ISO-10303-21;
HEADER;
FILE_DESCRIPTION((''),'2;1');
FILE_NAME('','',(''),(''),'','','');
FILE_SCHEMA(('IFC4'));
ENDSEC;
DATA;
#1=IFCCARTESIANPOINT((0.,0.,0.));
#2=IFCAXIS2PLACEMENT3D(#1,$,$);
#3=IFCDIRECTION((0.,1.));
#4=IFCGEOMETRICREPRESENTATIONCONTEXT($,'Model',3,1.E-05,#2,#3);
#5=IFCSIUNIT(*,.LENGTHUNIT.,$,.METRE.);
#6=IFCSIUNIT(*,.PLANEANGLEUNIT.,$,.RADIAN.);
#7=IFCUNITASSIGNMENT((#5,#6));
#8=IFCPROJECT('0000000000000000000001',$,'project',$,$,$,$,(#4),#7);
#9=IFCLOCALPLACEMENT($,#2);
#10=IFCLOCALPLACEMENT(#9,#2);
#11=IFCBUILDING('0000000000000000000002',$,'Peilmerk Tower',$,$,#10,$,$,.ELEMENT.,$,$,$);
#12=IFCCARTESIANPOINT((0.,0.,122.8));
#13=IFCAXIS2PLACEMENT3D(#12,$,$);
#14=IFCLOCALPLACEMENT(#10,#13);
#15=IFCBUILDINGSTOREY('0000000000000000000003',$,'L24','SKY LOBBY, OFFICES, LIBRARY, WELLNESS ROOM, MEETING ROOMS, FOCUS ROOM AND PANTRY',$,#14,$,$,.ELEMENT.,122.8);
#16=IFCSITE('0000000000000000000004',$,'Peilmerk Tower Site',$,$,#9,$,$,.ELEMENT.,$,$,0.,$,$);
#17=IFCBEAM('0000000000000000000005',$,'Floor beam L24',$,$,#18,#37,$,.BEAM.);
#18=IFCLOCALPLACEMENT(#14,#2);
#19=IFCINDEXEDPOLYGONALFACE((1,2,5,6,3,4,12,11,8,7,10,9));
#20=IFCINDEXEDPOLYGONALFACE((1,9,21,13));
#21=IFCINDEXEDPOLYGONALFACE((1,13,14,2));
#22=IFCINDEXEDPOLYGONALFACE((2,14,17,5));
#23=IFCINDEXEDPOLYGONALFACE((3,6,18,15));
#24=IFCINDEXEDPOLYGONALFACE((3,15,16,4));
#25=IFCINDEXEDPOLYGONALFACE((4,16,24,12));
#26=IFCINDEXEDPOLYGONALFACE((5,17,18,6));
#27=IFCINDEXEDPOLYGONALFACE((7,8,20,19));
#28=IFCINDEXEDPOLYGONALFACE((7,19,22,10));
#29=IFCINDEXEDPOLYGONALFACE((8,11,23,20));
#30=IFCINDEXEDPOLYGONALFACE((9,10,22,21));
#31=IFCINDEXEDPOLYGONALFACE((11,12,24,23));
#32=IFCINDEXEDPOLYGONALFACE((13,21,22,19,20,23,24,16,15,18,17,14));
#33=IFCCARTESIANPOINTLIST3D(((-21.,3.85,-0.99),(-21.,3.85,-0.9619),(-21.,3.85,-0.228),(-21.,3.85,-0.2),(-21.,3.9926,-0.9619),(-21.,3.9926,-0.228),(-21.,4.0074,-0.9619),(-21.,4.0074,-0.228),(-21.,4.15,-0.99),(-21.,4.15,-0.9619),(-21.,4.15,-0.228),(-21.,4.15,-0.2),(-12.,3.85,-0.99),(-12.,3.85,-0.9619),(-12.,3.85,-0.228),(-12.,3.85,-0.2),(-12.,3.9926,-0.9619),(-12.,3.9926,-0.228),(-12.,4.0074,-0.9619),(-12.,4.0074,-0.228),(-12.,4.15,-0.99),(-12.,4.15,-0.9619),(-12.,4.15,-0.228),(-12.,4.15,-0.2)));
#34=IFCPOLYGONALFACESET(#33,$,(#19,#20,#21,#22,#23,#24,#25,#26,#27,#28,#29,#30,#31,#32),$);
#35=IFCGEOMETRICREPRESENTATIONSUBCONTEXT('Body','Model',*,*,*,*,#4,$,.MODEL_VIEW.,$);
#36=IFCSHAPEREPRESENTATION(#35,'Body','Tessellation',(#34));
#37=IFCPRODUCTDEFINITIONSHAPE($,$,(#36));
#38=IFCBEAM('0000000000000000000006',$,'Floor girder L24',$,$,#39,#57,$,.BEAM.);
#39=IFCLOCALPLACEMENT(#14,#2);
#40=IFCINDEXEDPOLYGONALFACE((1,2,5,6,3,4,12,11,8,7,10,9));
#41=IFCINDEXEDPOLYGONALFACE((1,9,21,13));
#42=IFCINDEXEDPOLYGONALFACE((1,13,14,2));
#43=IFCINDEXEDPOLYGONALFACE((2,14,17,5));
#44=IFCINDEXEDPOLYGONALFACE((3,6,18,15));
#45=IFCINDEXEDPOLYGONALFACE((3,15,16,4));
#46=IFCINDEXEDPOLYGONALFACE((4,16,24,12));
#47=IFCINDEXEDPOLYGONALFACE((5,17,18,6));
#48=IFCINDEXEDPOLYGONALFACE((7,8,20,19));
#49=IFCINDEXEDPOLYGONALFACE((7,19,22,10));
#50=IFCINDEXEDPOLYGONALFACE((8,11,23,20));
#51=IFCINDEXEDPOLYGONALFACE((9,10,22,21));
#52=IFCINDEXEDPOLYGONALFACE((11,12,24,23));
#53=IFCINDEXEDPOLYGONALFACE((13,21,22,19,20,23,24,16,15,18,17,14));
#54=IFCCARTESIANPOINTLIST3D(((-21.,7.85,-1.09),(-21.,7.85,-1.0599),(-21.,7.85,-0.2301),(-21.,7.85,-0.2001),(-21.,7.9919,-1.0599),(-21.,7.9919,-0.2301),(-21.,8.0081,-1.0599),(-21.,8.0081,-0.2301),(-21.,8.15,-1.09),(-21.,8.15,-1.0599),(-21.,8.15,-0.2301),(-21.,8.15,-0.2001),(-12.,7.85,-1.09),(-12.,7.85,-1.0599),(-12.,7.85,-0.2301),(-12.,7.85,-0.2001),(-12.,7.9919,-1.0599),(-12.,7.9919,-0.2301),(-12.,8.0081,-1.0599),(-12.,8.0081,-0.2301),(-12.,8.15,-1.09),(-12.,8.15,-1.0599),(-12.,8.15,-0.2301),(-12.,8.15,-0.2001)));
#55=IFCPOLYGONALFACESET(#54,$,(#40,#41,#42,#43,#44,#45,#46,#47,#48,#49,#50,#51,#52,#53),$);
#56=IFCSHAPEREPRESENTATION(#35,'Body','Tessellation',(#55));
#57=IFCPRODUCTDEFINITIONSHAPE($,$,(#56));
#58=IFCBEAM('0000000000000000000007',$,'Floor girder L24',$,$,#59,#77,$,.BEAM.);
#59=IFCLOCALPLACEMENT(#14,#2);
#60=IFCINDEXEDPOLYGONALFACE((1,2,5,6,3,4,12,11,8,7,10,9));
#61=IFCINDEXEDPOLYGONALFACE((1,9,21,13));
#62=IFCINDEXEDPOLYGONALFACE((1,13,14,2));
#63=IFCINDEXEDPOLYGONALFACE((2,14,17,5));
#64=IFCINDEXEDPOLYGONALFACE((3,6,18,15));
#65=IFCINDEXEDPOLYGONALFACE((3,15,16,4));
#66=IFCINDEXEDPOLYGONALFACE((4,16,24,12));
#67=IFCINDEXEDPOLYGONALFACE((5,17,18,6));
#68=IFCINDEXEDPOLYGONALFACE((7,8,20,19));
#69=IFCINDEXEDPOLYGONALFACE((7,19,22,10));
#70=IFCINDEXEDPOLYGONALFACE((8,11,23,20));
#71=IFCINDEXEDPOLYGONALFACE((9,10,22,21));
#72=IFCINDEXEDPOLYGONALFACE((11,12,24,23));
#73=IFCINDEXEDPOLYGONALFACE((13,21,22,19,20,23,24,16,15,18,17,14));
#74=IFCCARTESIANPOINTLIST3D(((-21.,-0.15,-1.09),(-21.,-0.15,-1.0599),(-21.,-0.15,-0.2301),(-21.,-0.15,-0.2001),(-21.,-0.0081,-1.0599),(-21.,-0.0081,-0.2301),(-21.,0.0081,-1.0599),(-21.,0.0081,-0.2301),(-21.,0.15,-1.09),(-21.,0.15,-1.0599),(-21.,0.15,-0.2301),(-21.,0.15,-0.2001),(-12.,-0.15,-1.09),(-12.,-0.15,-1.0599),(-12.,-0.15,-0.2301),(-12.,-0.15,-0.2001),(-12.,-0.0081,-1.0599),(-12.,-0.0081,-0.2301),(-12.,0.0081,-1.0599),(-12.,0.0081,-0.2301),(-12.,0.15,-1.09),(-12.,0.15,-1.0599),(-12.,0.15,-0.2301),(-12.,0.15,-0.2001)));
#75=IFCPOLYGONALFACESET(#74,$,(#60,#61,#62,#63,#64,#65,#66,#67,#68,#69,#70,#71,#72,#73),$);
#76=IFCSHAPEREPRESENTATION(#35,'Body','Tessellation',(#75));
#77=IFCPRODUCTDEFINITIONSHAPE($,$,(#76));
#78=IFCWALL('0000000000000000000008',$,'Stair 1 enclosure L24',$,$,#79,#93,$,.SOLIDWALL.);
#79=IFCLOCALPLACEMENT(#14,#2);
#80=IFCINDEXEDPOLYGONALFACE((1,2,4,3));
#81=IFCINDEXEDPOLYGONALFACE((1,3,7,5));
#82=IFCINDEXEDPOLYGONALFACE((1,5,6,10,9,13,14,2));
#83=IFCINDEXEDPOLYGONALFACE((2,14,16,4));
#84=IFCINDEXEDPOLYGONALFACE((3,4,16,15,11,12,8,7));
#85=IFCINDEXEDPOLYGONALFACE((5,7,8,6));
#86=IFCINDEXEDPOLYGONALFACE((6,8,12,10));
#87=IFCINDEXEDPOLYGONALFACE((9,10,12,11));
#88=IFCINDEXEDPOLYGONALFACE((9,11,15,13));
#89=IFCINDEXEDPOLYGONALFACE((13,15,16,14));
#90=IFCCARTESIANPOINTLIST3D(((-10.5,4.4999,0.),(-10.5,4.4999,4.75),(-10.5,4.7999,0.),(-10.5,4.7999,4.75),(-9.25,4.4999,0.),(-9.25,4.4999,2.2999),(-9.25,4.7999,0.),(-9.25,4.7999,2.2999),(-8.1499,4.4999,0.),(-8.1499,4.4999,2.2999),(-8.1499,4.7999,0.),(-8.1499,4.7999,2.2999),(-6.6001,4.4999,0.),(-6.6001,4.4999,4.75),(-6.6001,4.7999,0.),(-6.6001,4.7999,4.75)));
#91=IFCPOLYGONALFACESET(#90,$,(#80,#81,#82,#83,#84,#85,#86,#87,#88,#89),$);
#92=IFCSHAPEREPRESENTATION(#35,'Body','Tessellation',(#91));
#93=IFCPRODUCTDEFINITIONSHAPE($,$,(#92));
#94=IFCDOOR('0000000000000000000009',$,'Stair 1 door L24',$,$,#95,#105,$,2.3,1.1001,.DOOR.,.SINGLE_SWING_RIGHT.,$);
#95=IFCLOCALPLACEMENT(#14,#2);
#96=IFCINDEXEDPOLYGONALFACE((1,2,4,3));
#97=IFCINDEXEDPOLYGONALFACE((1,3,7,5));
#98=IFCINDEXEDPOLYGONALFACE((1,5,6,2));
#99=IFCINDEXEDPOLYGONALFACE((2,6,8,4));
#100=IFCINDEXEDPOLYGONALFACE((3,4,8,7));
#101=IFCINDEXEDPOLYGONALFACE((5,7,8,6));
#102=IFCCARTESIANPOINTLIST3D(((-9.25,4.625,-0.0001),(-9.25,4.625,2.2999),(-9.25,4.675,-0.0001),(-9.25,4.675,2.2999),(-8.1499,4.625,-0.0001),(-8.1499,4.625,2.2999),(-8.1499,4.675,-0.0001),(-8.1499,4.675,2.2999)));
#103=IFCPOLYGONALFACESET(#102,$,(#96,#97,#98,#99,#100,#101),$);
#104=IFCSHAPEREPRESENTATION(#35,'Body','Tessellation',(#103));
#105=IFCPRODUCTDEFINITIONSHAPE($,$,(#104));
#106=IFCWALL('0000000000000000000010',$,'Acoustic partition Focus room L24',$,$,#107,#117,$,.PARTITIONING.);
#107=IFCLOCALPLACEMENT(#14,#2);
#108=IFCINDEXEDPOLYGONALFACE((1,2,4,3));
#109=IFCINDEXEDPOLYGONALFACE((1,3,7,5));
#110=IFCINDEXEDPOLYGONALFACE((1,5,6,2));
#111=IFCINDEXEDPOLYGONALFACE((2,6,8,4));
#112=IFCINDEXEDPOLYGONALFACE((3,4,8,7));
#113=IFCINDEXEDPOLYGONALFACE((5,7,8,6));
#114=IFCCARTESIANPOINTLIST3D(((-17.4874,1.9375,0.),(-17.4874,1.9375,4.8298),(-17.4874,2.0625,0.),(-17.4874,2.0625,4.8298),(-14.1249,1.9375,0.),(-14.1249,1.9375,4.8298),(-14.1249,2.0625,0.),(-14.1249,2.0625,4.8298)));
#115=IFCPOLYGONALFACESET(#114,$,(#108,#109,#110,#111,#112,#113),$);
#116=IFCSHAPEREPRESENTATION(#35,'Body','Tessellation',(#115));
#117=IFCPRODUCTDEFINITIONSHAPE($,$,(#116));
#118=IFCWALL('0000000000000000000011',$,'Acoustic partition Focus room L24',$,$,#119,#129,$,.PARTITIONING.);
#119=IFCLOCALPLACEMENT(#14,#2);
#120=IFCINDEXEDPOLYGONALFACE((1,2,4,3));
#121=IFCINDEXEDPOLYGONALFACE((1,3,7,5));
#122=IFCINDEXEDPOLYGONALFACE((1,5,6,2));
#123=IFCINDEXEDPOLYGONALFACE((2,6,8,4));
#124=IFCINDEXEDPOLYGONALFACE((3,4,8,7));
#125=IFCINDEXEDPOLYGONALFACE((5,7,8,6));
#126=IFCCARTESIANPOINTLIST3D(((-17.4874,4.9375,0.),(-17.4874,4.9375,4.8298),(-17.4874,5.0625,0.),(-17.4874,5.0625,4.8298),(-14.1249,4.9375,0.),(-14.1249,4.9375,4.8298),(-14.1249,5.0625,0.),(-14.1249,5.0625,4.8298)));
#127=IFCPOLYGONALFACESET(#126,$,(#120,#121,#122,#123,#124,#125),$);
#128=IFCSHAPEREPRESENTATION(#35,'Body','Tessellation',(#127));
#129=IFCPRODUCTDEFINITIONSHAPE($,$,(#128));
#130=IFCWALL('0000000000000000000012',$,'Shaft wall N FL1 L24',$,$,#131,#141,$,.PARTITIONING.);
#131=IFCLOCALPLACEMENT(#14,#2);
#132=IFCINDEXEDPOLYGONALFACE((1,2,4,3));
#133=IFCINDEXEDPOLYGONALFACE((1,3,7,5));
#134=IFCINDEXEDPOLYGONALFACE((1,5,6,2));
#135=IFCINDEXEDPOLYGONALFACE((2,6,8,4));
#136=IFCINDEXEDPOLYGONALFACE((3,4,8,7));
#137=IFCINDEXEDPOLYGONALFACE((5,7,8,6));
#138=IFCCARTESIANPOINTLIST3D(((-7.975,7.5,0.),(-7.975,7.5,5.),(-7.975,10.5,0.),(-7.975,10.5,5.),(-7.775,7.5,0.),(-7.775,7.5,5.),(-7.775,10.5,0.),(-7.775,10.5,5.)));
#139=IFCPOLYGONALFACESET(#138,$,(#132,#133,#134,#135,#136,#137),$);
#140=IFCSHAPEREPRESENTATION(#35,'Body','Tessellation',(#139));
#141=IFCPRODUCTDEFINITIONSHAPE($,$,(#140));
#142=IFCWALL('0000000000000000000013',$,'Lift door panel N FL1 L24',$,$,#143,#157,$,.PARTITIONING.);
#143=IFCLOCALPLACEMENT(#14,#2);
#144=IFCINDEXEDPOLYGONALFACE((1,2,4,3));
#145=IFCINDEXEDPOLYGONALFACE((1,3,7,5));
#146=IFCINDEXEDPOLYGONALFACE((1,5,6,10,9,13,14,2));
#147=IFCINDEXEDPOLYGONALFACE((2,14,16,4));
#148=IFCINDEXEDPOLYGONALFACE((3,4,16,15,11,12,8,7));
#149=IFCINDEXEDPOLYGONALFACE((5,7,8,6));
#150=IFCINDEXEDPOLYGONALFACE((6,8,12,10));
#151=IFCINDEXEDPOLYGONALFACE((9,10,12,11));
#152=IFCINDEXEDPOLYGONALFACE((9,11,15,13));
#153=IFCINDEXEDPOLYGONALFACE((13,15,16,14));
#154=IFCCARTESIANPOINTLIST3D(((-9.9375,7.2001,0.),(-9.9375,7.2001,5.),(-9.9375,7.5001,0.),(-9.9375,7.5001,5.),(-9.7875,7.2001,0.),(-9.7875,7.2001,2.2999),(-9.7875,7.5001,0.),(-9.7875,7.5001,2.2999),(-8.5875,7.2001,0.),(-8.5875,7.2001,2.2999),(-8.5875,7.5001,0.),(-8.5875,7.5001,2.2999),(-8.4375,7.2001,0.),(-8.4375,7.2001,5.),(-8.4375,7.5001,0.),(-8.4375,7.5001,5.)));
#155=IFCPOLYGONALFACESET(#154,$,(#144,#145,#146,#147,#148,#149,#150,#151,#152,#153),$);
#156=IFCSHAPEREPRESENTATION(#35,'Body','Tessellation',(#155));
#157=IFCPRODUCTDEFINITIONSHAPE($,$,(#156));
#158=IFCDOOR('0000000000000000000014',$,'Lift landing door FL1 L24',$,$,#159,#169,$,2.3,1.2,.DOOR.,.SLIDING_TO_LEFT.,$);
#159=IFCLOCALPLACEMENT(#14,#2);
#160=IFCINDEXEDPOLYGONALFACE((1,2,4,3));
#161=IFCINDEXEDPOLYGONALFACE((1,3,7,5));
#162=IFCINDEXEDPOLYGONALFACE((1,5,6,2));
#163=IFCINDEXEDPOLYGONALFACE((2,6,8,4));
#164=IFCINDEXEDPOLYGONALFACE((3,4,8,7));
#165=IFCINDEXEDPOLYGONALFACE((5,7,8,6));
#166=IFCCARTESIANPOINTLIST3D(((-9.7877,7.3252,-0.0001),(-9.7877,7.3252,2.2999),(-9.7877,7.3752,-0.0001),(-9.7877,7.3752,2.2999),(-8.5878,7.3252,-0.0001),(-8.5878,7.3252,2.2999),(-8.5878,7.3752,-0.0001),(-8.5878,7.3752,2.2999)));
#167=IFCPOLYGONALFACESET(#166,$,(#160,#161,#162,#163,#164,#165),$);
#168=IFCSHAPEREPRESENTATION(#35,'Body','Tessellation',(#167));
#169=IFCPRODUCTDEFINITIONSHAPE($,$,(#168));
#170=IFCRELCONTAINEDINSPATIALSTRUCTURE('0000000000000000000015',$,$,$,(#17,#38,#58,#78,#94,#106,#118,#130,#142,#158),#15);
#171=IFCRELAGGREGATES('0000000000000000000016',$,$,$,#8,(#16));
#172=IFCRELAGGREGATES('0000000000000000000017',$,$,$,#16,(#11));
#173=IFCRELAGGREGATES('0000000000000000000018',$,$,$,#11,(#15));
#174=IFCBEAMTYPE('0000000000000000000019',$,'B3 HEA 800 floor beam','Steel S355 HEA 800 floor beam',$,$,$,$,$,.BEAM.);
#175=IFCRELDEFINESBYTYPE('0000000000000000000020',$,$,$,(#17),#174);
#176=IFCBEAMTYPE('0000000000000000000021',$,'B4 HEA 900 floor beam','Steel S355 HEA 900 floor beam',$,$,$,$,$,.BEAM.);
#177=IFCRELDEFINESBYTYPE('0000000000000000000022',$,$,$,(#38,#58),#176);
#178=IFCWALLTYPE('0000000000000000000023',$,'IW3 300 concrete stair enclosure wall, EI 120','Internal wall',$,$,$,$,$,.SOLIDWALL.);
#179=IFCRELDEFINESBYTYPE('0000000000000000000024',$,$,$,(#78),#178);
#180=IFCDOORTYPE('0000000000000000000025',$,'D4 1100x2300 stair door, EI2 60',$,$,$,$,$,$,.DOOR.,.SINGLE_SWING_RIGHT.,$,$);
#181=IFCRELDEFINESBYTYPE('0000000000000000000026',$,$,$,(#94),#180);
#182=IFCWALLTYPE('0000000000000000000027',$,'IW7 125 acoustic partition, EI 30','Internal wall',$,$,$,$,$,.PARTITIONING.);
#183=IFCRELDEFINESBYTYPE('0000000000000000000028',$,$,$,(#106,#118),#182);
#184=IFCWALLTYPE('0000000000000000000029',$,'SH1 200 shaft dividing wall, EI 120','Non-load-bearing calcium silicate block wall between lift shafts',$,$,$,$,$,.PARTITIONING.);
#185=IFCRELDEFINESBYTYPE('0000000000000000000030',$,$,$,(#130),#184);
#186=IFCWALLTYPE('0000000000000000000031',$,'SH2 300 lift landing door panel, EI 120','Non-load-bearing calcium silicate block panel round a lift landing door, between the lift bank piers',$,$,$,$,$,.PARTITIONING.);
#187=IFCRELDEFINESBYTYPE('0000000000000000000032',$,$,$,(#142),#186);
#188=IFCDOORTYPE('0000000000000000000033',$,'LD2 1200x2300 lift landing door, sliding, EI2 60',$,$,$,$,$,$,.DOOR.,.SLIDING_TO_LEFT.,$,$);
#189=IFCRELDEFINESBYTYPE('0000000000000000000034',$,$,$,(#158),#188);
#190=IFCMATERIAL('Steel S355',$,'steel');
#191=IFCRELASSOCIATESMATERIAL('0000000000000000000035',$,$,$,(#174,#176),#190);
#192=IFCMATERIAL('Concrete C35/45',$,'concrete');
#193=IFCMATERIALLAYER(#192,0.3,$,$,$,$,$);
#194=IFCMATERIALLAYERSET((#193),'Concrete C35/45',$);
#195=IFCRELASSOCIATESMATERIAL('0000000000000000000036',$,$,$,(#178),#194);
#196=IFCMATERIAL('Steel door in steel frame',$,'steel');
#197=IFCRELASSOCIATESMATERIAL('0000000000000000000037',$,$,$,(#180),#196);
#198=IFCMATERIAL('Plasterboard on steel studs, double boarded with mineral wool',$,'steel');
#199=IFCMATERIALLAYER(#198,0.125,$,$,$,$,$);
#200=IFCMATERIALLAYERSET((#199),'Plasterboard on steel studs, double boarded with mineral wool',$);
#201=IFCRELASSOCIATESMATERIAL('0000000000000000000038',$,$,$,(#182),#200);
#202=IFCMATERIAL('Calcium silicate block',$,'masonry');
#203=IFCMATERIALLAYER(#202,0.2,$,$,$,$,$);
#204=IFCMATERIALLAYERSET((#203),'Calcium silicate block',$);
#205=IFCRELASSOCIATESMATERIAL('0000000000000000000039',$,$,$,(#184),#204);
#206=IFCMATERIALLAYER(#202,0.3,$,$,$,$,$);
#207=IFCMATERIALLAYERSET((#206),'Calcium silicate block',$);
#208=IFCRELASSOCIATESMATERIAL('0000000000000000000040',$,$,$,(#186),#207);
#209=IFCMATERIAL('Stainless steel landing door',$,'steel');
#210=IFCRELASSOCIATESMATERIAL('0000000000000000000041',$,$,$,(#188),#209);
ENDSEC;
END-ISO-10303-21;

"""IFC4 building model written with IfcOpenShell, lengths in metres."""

from ifc_helpers import new_model, si_unit, direction, frame, frame_2d, origin, origin_2d, place, context, subcontext, project, spatial, rectangle, i_section, extrude, material, layer, layer_set, material_profile, profile_set, type_object, element, fill, save


model = new_model("IFC4")

# Units and contexts
model_context = context("Model", 3, precision=1e-05, world=origin(), true_north=direction((0.0, 1.0)))
body_context = subcontext(model_context, "Body", "Model", "MODEL_VIEW")
ifc_project = project(units=[si_unit("LENGTHUNIT", "METRE"), si_unit("PLANEANGLEUNIT", "RADIAN")], contexts=[model_context])

# Site, building, storey
site_placement = place(None, origin())
site = spatial("IfcSite", under=ifc_project, at=site_placement, Name="Peilmerk Tower Site", CompositionType="ELEMENT", RefElevation=0.0)
building_placement = place(site_placement, origin())
building = spatial("IfcBuilding", under=site, at=building_placement, Name="Peilmerk Tower", CompositionType="ELEMENT")
storey_placement = place(building_placement, frame((0.0, 0.0, 122.8)))
storey = spatial("IfcBuildingStorey", under=building, at=storey_placement, Name="L24", Description="SKY LOBBY, OFFICES, LIBRARY, WELLNESS ROOM, MEETING ROOMS, FOCUS ROOM AND PANTRY", CompositionType="ELEMENT", Elevation=122.8)

# Beams
ifc_material_1 = material(Name="Steel S355", Category="steel")
ifc_material_profile_1 = material_profile(ifc_material_1, i_section(OverallWidth=0.3, OverallDepth=0.79, WebThickness=0.0149, FlangeThickness=0.0281, at=origin_2d()), Name="HEA 800")
ifc_profile_set_1 = profile_set([ifc_material_profile_1], Name="Steel S355")
beam_type_1 = type_object("IfcBeamType", Name="B3 HEA 800 floor beam", Description="Steel S355 HEA 800 floor beam", PredefinedType="BEAM", material=ifc_profile_set_1)
beam_placement = place(storey_placement, frame((-12.0, 4.0, -0.595), z_axis=(-1.0, 0.0, 0.0), x_axis=(0.0, -1.0, 0.0)))
element("IfcBeam", 1, at=beam_placement, inside=storey, type_object=beam_type_1, Name="Floor beam L24", PredefinedType="BEAM", context=body_context, shape_type="SweptSolid", body=[
    extrude(i_section(OverallWidth=0.3, OverallDepth=0.79, WebThickness=0.0149, FlangeThickness=0.0281, at=origin_2d()), origin(), (0.0, 0.0, 1.0), 9.0),
])
ifc_material_profile_2 = material_profile(ifc_material_1, i_section(OverallWidth=0.3, OverallDepth=0.8899, WebThickness=0.0161, FlangeThickness=0.03, at=origin_2d()), Name="HEA 900")
ifc_profile_set_2 = profile_set([ifc_material_profile_2], Name="Steel S355")
beam_type_2 = type_object("IfcBeamType", Name="B4 HEA 900 floor beam", Description="Steel S355 HEA 900 floor beam", PredefinedType="BEAM", material=ifc_profile_set_2)
for number, where, z_axis, x_axis, name in (
    (2, (-12.0, 8.0, -0.645), (-1.0, 0.0, 0.0), (0.0, -1.0, 0.0), "Floor girder L24"),
    (3, (-12.0, 0.0, -0.645), (-1.0, 0.0, 0.0), (0.0, -1.0, 0.0), "Floor girder L24"),
):
    element("IfcBeam", number, at=place(storey_placement, frame(where, z_axis=z_axis, x_axis=x_axis)), inside=storey, type_object=beam_type_2, Name=name, PredefinedType="BEAM", context=body_context, shape_type="SweptSolid", body=[
        extrude(i_section(OverallWidth=0.3, OverallDepth=0.8899, WebThickness=0.0161, FlangeThickness=0.03, at=origin_2d()), origin(), (0.0, 0.0, 1.0), 9.0),
    ])

# Wall, opening, door
ifc_material_2 = material(Name="Concrete C35/45", Category="concrete")
ifc_layer_1 = layer(ifc_material_2, 0.3)
ifc_layer_set_1 = layer_set([ifc_layer_1], Name="Concrete C35/45")
wall_type_1 = type_object("IfcWallType", Name="IW3 300 concrete stair enclosure wall, EI 120", Description="Internal wall", PredefinedType="SOLIDWALL", material=ifc_layer_set_1)
wall_1_placement = place(storey_placement, frame((-10.5, 4.6499, 0.0), z_axis=(0.0, 0.0, 1.0), x_axis=(1.0, 0.0, 0.0)))
wall_1 = element("IfcWall", 4, at=wall_1_placement, inside=storey, type_object=wall_type_1, Name="Stair 1 enclosure L24", PredefinedType="SOLIDWALL", context=body_context, shape_type="SweptSolid", body=[
    extrude(rectangle(XDim=3.8999, YDim=0.3, at=frame_2d((1.95, 0.0))), origin(), (0.0, 0.0, 1.0), 4.75),
])
opening_1_placement = place(wall_1_placement, frame((1.25, 0.0, 0.0)))
opening_1 = element("IfcOpeningElement", 5, at=opening_1_placement, cuts=wall_1, PredefinedType="OPENING", context=body_context, shape_type="SweptSolid", body=[
    extrude(rectangle(XDim=1.1001, YDim=2.3, at=frame_2d((0.55, 1.1499))), frame((0.0, 0.1599, 0.0), z_axis=(0.0, -1.0, 0.0), x_axis=(1.0, 0.0, 0.0)), (0.0, 0.0, 1.0), 0.3201),
])
ifc_material_3 = material(Name="Steel door in steel frame", Category="steel")
door_type_1 = type_object("IfcDoorType", Name="D4 1100x2300 stair door, EI2 60", OperationType="SINGLE_SWING_RIGHT", PredefinedType="DOOR", material=ifc_material_3)
door_1_placement = place(opening_1_placement, frame((1.1001, 0.0, 0.0), z_axis=(0.0, 0.0, 1.0), x_axis=(-1.0, 0.0, 0.0)))
door_1 = element("IfcDoor", 6, at=door_1_placement, inside=storey, type_object=door_type_1, Name="Stair 1 door L24", OperationType="SINGLE_SWING_RIGHT", OverallHeight=2.3, OverallWidth=1.1001, PredefinedType="DOOR", context=body_context, shape_type="SweptSolid", body=[
    extrude(rectangle(XDim=1.1001, YDim=2.3, at=frame_2d((0.55, 1.1499))), frame((0.0, 0.0249, 0.0), z_axis=(0.0, -1.0, 0.0), x_axis=(1.0, 0.0, 0.0)), (0.0, 0.0, 1.0), 0.05),
])
fill(opening_1, door_1)

# Walls
ifc_material_4 = material(Name="Plasterboard on steel studs, double boarded with mineral wool", Category="steel")
ifc_layer_2 = layer(ifc_material_4, 0.125)
ifc_layer_set_2 = layer_set([ifc_layer_2], Name="Plasterboard on steel studs, double boarded with mineral wool")
wall_type_2 = type_object("IfcWallType", Name="IW7 125 acoustic partition, EI 30", Description="Internal wall", PredefinedType="PARTITIONING", material=ifc_layer_set_2)
for number, where, z_axis, x_axis, name in (
    (7, (-14.125, 2.0, 0.0), (0.0, 0.0, 1.0), (-1.0, 0.0, 0.0), "Acoustic partition Focus room L24"),
    (8, (-14.125, 5.0, 0.0), (0.0, 0.0, 1.0), (-1.0, 0.0, 0.0), "Acoustic partition Focus room L24"),
):
    element("IfcWall", number, at=place(storey_placement, frame(where, z_axis=z_axis, x_axis=x_axis)), inside=storey, type_object=wall_type_2, Name=name, PredefinedType="PARTITIONING", context=body_context, shape_type="SweptSolid", body=[
        extrude(rectangle(XDim=3.3625, YDim=0.125, at=frame_2d((1.6812, 0.0))), origin(), (0.0, 0.0, 1.0), 4.8298),
    ])
ifc_material_5 = material(Name="Calcium silicate block", Category="masonry")
ifc_layer_3 = layer(ifc_material_5, 0.2)
ifc_layer_set_3 = layer_set([ifc_layer_3], Name="Calcium silicate block")
wall_type_3 = type_object("IfcWallType", Name="SH1 200 shaft dividing wall, EI 120", Description="Non-load-bearing calcium silicate block wall between lift shafts", PredefinedType="PARTITIONING", material=ifc_layer_set_3)
wall_2_placement = place(storey_placement, frame((-7.875, 7.5, 0.0), z_axis=(0.0, 0.0, 1.0), x_axis=(0.0, 1.0, 0.0)))
element("IfcWall", 9, at=wall_2_placement, inside=storey, type_object=wall_type_3, Name="Shaft wall N FL1 L24", PredefinedType="PARTITIONING", context=body_context, shape_type="SweptSolid", body=[
    extrude(rectangle(XDim=3.0, YDim=0.2, at=frame_2d((1.5, 0.0))), origin(), (0.0, 0.0, 1.0), 5.0),
])

# Wall, opening, door
ifc_layer_4 = layer(ifc_material_5, 0.3)
ifc_layer_set_4 = layer_set([ifc_layer_4], Name="Calcium silicate block")
wall_type_4 = type_object("IfcWallType", Name="SH2 300 lift landing door panel, EI 120", Description="Non-load-bearing calcium silicate block panel round a lift landing door, between the lift bank piers", PredefinedType="PARTITIONING", material=ifc_layer_set_4)
wall_3_placement = place(storey_placement, frame((-9.9375, 7.3501, 0.0), z_axis=(0.0, 0.0, 1.0), x_axis=(1.0, 0.0, 0.0)))
wall_3 = element("IfcWall", 10, at=wall_3_placement, inside=storey, type_object=wall_type_4, Name="Lift door panel N FL1 L24", PredefinedType="PARTITIONING", context=body_context, shape_type="SweptSolid", body=[
    extrude(rectangle(XDim=1.5, YDim=0.3, at=frame_2d((0.75, 0.0))), origin(), (0.0, 0.0, 1.0), 5.0),
])
opening_2_placement = place(wall_3_placement, frame((0.1499, 0.0, 0.0)))
opening_2 = element("IfcOpeningElement", 11, at=opening_2_placement, cuts=wall_3, PredefinedType="OPENING", context=body_context, shape_type="SweptSolid", body=[
    extrude(rectangle(XDim=1.2, YDim=2.3, at=frame_2d((0.6001, 1.1499))), frame((0.0, 0.1599, 0.0), z_axis=(0.0, -1.0, 0.0), x_axis=(1.0, 0.0, 0.0)), (0.0, 0.0, 1.0), 0.3201),
])
ifc_material_6 = material(Name="Stainless steel landing door", Category="steel")
door_type_2 = type_object("IfcDoorType", Name="LD2 1200x2300 lift landing door, sliding, EI2 60", OperationType="SLIDING_TO_LEFT", PredefinedType="DOOR", material=ifc_material_6)
door_2_placement = place(opening_2_placement, frame((1.2, 0.0, 0.0), z_axis=(0.0, 0.0, 1.0), x_axis=(-1.0, 0.0, 0.0)))
door_2 = element("IfcDoor", 12, at=door_2_placement, inside=storey, type_object=door_type_2, Name="Lift landing door FL1 L24", OperationType="SLIDING_TO_LEFT", OverallHeight=2.3, OverallWidth=1.2, PredefinedType="DOOR", context=body_context, shape_type="SweptSolid", body=[
    extrude(rectangle(XDim=1.2, YDim=2.3, at=frame_2d((0.6001, 1.1499))), frame((0.0, 0.0249, 0.0), z_axis=(0.0, -1.0, 0.0), x_axis=(1.0, 0.0, 0.0)), (0.0, 0.0, 1.0), 0.05),
])
fill(opening_2, door_2)

save(model, "model.ifc")
